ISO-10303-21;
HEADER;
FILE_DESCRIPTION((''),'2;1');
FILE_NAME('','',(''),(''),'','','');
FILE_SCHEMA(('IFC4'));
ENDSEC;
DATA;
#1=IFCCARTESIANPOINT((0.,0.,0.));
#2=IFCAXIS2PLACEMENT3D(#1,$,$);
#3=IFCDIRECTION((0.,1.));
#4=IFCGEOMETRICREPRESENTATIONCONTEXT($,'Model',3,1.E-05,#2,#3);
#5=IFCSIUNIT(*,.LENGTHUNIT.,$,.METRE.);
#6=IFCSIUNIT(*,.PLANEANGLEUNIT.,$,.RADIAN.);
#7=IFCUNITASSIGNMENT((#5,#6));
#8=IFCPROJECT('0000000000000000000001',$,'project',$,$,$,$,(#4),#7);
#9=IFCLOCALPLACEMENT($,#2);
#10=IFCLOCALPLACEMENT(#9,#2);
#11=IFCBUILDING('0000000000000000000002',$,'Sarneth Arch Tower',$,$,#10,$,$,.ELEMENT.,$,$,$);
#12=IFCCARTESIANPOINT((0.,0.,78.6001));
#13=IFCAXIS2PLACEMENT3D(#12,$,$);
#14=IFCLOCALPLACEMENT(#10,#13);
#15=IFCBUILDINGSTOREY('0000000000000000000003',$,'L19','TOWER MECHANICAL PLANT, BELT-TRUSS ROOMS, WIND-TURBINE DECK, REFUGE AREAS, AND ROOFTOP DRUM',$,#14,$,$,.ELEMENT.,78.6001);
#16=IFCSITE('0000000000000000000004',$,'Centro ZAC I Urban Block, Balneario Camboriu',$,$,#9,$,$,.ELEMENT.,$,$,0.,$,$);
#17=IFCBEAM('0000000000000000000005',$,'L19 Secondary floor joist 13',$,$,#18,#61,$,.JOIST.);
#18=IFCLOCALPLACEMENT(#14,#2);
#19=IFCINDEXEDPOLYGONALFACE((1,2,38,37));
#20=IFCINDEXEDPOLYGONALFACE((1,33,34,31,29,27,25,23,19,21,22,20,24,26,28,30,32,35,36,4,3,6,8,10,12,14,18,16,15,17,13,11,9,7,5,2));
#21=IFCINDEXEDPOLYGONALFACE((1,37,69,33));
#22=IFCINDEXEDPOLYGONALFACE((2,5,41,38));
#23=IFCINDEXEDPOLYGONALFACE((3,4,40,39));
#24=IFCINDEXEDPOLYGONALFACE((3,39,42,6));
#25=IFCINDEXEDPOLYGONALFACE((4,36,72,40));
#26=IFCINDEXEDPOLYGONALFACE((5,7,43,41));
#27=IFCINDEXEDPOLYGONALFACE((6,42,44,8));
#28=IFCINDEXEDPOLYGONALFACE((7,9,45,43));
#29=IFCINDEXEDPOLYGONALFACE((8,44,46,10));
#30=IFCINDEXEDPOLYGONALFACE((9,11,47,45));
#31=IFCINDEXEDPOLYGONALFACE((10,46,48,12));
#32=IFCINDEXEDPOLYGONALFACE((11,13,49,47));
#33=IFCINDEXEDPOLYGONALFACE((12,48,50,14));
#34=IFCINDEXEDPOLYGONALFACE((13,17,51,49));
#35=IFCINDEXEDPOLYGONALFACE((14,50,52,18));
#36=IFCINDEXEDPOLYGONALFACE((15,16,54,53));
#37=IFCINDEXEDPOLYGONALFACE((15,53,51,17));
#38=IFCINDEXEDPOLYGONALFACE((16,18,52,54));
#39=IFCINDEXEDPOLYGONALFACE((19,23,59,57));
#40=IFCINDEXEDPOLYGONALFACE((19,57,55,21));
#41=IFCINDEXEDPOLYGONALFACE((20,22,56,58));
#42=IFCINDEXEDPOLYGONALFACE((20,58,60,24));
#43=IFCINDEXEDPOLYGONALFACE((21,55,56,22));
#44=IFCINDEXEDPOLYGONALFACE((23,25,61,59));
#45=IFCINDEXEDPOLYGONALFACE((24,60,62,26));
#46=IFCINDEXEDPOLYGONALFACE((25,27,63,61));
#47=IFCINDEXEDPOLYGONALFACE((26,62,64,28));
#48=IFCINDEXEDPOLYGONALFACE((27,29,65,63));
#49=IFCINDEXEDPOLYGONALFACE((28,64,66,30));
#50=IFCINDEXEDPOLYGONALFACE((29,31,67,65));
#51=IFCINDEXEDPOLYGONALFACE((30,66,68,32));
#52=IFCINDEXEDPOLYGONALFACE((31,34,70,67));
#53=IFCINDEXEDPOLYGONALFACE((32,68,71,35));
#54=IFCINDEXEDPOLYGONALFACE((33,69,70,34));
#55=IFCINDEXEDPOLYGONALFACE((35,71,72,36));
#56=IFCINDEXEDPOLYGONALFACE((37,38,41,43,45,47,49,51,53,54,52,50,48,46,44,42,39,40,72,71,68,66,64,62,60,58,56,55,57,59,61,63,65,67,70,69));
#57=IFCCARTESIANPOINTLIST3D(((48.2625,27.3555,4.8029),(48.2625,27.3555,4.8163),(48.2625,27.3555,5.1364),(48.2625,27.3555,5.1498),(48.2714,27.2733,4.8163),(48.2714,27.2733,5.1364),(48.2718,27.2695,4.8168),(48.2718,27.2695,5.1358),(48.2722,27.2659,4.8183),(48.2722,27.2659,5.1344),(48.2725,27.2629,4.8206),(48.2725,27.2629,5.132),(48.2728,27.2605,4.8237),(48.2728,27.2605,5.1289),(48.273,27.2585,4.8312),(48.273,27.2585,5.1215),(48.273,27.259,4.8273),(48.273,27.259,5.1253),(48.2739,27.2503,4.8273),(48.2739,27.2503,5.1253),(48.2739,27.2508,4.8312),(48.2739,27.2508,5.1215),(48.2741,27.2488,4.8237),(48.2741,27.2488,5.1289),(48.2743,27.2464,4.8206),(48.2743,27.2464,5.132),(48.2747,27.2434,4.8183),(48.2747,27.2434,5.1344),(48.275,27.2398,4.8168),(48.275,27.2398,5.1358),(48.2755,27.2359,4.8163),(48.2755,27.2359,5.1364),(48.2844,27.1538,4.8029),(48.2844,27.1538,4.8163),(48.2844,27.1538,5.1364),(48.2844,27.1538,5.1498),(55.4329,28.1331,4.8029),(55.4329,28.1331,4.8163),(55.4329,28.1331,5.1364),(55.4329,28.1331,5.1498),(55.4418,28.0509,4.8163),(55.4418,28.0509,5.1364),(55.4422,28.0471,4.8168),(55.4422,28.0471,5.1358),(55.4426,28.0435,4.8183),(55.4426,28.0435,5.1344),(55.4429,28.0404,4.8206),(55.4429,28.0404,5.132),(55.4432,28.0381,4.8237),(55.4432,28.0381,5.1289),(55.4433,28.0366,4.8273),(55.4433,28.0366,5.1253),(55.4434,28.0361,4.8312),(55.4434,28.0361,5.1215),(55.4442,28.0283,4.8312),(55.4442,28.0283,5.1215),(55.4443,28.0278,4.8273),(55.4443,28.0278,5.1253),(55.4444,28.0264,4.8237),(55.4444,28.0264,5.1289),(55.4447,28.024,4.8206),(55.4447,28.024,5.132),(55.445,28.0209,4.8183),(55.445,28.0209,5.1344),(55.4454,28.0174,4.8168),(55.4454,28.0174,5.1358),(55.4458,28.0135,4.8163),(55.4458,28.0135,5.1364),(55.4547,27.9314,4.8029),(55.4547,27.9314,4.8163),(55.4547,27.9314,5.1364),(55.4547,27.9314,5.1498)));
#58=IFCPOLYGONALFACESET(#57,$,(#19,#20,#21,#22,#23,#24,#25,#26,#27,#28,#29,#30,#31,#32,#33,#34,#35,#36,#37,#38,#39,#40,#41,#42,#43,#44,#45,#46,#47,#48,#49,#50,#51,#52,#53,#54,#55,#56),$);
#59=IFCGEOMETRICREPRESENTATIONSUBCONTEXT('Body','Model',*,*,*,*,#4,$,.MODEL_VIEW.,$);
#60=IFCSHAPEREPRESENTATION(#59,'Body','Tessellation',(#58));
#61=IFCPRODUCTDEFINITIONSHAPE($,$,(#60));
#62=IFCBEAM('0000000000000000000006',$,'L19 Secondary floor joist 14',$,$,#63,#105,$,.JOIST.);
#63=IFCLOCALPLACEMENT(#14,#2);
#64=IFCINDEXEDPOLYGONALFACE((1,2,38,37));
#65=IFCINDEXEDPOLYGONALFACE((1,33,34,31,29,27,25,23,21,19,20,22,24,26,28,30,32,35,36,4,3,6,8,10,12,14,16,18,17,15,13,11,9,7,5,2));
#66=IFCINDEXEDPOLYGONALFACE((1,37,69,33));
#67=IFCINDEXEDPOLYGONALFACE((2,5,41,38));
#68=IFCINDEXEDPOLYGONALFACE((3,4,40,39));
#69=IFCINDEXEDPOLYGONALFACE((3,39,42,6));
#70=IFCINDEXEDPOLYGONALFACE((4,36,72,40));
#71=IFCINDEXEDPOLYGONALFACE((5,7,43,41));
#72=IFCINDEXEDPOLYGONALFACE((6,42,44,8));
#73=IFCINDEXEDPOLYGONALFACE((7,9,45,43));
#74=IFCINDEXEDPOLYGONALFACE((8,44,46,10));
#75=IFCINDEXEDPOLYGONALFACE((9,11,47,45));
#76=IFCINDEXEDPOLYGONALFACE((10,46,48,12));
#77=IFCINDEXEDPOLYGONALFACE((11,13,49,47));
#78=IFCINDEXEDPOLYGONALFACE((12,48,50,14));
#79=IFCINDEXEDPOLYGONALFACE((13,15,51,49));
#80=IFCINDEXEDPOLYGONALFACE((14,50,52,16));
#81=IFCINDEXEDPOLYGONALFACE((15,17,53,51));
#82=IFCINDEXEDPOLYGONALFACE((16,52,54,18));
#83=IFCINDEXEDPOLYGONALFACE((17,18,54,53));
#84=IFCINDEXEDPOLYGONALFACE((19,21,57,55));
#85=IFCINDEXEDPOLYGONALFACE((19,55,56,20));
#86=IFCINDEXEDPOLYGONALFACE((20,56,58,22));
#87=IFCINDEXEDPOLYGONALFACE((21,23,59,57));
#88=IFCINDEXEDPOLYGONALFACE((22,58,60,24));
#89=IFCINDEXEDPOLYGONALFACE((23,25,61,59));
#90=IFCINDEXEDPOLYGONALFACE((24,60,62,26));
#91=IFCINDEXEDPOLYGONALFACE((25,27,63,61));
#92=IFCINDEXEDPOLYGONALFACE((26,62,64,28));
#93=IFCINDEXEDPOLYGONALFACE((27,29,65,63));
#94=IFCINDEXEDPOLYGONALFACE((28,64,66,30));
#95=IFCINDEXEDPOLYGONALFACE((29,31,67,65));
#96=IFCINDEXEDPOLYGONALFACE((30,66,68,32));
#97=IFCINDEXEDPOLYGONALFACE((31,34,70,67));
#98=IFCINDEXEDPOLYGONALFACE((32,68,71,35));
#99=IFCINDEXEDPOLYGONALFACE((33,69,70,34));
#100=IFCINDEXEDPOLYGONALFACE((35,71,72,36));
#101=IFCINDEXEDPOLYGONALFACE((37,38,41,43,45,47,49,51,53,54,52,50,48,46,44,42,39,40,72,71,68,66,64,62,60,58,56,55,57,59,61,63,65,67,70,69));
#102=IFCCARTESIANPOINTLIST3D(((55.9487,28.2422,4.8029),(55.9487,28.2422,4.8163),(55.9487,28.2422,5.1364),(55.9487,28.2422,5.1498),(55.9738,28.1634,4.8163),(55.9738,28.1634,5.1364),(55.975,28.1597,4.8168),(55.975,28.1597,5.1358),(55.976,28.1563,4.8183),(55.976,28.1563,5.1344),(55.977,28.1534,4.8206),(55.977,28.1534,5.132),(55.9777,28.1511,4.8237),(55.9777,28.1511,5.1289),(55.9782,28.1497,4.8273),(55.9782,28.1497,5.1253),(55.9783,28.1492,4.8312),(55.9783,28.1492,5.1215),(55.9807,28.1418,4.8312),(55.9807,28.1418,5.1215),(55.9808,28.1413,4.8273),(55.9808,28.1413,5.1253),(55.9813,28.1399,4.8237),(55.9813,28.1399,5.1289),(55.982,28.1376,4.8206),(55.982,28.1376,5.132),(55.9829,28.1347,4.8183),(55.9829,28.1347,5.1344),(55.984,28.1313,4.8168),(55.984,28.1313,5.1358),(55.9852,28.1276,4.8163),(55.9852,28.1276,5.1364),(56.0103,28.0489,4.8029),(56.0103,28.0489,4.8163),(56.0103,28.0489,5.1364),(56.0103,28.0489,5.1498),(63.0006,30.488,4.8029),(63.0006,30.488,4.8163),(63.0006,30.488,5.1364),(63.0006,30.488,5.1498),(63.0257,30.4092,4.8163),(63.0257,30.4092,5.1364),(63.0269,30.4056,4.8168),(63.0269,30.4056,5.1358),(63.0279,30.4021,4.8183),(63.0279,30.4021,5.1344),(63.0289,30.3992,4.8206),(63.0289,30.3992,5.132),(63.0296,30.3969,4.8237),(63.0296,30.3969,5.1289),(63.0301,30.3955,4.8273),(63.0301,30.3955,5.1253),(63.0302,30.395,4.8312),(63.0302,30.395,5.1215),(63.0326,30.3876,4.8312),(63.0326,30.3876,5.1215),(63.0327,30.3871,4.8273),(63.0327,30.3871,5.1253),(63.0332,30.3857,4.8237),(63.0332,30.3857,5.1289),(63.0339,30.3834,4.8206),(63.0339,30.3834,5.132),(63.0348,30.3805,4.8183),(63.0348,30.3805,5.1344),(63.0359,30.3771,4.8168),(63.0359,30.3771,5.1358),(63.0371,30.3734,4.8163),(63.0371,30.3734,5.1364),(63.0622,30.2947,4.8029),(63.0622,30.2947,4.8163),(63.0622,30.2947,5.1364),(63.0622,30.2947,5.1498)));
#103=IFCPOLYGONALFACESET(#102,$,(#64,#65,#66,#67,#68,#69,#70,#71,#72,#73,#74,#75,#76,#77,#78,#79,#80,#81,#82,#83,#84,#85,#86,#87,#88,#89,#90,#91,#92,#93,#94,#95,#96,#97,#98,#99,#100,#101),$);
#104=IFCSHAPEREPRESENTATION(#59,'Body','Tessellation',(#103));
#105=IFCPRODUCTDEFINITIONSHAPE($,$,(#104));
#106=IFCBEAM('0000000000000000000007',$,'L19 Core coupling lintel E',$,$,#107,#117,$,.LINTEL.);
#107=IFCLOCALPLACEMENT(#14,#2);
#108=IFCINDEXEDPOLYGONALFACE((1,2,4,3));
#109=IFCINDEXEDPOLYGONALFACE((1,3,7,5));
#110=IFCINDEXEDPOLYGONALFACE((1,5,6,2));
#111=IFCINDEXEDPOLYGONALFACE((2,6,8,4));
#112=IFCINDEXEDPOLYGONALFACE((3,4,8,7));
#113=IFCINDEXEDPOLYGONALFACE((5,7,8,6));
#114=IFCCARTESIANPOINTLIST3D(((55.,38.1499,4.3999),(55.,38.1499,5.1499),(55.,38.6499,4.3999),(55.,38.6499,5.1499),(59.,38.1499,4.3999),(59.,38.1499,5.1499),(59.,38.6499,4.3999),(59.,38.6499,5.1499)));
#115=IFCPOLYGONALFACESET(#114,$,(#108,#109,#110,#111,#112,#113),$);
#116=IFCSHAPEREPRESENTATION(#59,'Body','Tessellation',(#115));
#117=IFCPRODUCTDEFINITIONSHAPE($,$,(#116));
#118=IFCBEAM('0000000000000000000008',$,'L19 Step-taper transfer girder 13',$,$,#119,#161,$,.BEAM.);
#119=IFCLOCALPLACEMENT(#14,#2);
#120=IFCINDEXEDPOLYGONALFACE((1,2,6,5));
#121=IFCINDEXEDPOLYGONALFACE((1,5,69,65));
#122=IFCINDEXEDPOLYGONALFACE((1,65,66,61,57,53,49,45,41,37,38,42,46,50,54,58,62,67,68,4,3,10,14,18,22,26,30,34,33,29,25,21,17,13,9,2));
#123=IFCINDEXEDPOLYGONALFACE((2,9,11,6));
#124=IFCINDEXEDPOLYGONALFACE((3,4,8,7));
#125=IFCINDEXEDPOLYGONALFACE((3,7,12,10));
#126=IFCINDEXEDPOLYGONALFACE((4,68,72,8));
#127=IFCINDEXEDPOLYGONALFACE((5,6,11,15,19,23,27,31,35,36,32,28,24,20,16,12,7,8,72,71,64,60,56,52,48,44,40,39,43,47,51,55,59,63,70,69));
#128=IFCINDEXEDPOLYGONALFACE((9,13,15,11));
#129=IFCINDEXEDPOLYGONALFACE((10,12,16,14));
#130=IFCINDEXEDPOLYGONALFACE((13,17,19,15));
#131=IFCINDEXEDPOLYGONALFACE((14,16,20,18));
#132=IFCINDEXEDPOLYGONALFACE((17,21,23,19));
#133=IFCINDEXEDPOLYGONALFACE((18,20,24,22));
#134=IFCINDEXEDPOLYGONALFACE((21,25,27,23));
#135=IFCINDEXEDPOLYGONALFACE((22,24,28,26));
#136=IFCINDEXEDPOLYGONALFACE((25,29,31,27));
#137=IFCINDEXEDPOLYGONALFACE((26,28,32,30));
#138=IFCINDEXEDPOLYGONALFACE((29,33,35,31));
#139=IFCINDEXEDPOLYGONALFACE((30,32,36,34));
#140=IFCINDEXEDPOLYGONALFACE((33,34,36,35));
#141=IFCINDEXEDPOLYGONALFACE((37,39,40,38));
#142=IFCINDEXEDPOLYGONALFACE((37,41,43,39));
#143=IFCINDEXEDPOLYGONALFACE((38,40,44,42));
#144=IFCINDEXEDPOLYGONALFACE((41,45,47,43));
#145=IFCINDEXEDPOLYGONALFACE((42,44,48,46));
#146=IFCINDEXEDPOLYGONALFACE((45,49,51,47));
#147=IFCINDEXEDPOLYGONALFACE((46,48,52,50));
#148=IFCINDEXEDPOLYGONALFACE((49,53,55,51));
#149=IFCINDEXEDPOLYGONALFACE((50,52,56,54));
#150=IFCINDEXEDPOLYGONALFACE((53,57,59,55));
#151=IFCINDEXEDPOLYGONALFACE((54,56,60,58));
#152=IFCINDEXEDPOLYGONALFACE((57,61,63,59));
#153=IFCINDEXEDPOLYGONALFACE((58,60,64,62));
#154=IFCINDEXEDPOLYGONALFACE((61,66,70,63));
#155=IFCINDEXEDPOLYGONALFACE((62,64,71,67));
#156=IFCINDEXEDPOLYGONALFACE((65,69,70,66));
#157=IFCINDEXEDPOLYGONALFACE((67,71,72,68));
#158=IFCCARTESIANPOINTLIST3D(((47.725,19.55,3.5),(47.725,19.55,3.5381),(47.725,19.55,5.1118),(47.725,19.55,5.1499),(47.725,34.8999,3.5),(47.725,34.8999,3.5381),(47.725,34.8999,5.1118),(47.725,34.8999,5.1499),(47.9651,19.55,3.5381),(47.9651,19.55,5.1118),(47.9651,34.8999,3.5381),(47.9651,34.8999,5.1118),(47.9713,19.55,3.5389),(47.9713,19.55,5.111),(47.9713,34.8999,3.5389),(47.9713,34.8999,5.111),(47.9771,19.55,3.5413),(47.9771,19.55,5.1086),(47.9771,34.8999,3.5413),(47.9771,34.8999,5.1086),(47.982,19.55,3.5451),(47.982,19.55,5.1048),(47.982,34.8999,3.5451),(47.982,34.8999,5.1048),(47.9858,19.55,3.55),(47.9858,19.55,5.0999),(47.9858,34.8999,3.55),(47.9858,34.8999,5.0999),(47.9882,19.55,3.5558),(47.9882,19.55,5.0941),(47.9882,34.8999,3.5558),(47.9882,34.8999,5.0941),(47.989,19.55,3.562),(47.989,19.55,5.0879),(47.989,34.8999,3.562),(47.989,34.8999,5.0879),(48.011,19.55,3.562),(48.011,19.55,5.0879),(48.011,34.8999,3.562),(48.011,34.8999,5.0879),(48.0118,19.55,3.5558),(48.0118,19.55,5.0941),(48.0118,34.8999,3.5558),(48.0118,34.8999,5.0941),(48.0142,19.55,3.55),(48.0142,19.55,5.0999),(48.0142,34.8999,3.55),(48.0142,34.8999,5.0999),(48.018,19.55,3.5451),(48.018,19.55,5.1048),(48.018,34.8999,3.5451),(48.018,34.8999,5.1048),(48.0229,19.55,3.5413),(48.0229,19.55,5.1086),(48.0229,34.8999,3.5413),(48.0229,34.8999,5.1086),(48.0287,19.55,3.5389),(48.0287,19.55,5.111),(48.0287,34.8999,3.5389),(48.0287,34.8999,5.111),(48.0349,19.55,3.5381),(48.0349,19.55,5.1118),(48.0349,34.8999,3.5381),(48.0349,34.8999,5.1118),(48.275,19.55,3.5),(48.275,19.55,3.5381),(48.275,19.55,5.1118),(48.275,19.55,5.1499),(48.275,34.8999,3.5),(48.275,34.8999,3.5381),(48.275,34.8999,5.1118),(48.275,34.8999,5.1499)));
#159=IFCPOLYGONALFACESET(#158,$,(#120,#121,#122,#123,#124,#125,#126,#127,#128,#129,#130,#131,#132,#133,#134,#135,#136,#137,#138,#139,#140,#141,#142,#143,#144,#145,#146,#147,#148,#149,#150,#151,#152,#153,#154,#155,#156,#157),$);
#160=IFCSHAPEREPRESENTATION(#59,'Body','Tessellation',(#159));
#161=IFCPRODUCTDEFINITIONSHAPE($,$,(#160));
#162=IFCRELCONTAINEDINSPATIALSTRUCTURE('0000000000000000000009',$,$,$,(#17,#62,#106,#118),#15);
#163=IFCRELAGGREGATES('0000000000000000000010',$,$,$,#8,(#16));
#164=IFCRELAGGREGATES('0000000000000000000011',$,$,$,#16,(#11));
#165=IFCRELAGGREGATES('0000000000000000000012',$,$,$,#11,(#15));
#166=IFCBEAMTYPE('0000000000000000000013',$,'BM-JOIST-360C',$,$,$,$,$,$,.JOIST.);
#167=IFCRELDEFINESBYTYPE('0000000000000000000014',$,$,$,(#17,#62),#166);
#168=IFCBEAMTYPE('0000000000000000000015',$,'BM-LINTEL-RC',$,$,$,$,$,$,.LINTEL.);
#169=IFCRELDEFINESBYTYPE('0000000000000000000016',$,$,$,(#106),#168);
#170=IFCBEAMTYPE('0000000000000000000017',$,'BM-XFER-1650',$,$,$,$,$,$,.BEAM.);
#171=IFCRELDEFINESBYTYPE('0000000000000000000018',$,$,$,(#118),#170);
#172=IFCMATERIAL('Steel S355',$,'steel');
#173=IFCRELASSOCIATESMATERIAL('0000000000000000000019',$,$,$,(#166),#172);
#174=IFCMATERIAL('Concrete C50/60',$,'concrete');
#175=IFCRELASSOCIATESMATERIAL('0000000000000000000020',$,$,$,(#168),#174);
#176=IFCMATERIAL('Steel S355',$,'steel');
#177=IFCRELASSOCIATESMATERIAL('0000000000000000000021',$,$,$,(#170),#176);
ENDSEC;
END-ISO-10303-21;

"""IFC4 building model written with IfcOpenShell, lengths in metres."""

from ifc_helpers import new_model, si_unit, direction, frame, origin, origin_2d, place, context, subcontext, project, spatial, rectangle, i_section, extrude, material, material_profile, profile_set, type_object, element, save


model = new_model("IFC4")

# Units and contexts
model_context = context("Model", 3, precision=1e-05, world=origin(), true_north=direction((0.0, 1.0)))
body_context = subcontext(model_context, "Body", "Model", "MODEL_VIEW")
ifc_project = project(units=[si_unit("LENGTHUNIT", "METRE"), si_unit("PLANEANGLEUNIT", "RADIAN")], contexts=[model_context])

# Site, building, storey
site_placement = place(None, origin())
site = spatial("IfcSite", under=ifc_project, at=site_placement, Name="Centro ZAC I Urban Block, Balneario Camboriu", CompositionType="ELEMENT", RefElevation=0.0)
building_placement = place(site_placement, origin())
building = spatial("IfcBuilding", under=site, at=building_placement, Name="Sarneth Arch Tower", CompositionType="ELEMENT")
storey_placement = place(building_placement, frame((0.0, 0.0, 78.6001)))
storey = spatial("IfcBuildingStorey", under=building, at=storey_placement, Name="L19", Description="TOWER MECHANICAL PLANT, BELT-TRUSS ROOMS, WIND-TURBINE DECK, REFUGE AREAS, AND ROOFTOP DRUM", CompositionType="ELEMENT", Elevation=78.6001)

# Beams
ifc_material_1 = material(Name="Steel S355", Category="steel")
ifc_material_profile_1 = material_profile(ifc_material_1, i_section(OverallWidth=0.2029, OverallDepth=0.3469, WebThickness=0.0078, FlangeThickness=0.0134, FilletRadius=0.0149, at=origin_2d()), Name="W360x64")
ifc_profile_set_1 = profile_set([ifc_material_profile_1], Name="Steel S355")
beam_type_1 = type_object("IfcBeamType", Name="BM-JOIST-360C", PredefinedType="JOIST", material=ifc_profile_set_1)
beam_1_placement = place(storey_placement, frame((48.2734, 27.2546, 4.9763), z_axis=(0.994171, 0.107812, 0.0), x_axis=(-0.107812, 0.994171, 0.0)))
element("IfcBeam", 1, at=beam_1_placement, inside=storey, type_object=beam_type_1, Name="L19 Secondary floor joist 13", PredefinedType="JOIST", context=body_context, shape_type="SweptSolid", body=[
    extrude(i_section(OverallWidth=0.2029, OverallDepth=0.3469, WebThickness=0.0078, FlangeThickness=0.0134, FilletRadius=0.0149, at=origin_2d()), origin(), (0.0, 0.0, 1.0), 7.2124),
])
beam_2_placement = place(storey_placement, frame((55.9795, 28.1455, 4.9763), z_axis=(0.952846, 0.303453, 0.0), x_axis=(-0.303453, 0.952846, 0.0)))
element("IfcBeam", 2, at=beam_2_placement, inside=storey, type_object=beam_type_1, Name="L19 Secondary floor joist 14", PredefinedType="JOIST", context=body_context, shape_type="SweptSolid", body=[
    extrude(i_section(OverallWidth=0.2029, OverallDepth=0.3469, WebThickness=0.0078, FlangeThickness=0.0134, FilletRadius=0.0149, at=origin_2d()), origin(), (0.0, 0.0, 1.0), 7.4009),
])
ifc_material_2 = material(Name="Concrete C50/60", Category="concrete")
ifc_material_profile_2 = material_profile(ifc_material_2, rectangle(XDim=0.5, YDim=0.75, at=origin_2d()), Name="RC-500x750")
ifc_profile_set_2 = profile_set([ifc_material_profile_2], Name="Concrete C50/60")
beam_type_2 = type_object("IfcBeamType", Name="BM-LINTEL-RC", PredefinedType="LINTEL", material=ifc_profile_set_2)
beam_3_placement = place(storey_placement, frame((55.0, 38.3999, 4.7749), z_axis=(1.0, 0.0, 0.0), x_axis=(0.0, 1.0, 0.0)))
element("IfcBeam", 3, at=beam_3_placement, inside=storey, type_object=beam_type_2, Name="L19 Core coupling lintel E", PredefinedType="LINTEL", context=body_context, shape_type="SweptSolid", body=[
    extrude(rectangle(XDim=0.5, YDim=0.75, at=origin_2d()), origin(), (0.0, 0.0, 1.0), 4.0),
])
ifc_material_3 = material(Name="Steel S355", Category="steel")
ifc_material_profile_3 = material_profile(ifc_material_3, i_section(OverallWidth=0.55, OverallDepth=1.6499, WebThickness=0.022, FlangeThickness=0.0381, FilletRadius=0.0239, at=origin_2d()), Name="CVS1650x680")
ifc_profile_set_3 = profile_set([ifc_material_profile_3], Name="Steel S355")
beam_type_3 = type_object("IfcBeamType", Name="BM-XFER-1650", PredefinedType="BEAM", material=ifc_profile_set_3)
beam_4_placement = place(storey_placement, frame((48.0, 34.8999, 4.325), z_axis=(0.0, -1.0, 0.0), x_axis=(1.0, 0.0, 0.0)))
element("IfcBeam", 4, at=beam_4_placement, inside=storey, type_object=beam_type_3, Name="L19 Step-taper transfer girder 13", PredefinedType="BEAM", context=body_context, shape_type="SweptSolid", body=[
    extrude(i_section(OverallWidth=0.55, OverallDepth=1.6499, WebThickness=0.022, FlangeThickness=0.0381, FilletRadius=0.0239, at=origin_2d()), origin(), (0.0, 0.0, 1.0), 15.3499),
])

save(model, "model.ifc")
